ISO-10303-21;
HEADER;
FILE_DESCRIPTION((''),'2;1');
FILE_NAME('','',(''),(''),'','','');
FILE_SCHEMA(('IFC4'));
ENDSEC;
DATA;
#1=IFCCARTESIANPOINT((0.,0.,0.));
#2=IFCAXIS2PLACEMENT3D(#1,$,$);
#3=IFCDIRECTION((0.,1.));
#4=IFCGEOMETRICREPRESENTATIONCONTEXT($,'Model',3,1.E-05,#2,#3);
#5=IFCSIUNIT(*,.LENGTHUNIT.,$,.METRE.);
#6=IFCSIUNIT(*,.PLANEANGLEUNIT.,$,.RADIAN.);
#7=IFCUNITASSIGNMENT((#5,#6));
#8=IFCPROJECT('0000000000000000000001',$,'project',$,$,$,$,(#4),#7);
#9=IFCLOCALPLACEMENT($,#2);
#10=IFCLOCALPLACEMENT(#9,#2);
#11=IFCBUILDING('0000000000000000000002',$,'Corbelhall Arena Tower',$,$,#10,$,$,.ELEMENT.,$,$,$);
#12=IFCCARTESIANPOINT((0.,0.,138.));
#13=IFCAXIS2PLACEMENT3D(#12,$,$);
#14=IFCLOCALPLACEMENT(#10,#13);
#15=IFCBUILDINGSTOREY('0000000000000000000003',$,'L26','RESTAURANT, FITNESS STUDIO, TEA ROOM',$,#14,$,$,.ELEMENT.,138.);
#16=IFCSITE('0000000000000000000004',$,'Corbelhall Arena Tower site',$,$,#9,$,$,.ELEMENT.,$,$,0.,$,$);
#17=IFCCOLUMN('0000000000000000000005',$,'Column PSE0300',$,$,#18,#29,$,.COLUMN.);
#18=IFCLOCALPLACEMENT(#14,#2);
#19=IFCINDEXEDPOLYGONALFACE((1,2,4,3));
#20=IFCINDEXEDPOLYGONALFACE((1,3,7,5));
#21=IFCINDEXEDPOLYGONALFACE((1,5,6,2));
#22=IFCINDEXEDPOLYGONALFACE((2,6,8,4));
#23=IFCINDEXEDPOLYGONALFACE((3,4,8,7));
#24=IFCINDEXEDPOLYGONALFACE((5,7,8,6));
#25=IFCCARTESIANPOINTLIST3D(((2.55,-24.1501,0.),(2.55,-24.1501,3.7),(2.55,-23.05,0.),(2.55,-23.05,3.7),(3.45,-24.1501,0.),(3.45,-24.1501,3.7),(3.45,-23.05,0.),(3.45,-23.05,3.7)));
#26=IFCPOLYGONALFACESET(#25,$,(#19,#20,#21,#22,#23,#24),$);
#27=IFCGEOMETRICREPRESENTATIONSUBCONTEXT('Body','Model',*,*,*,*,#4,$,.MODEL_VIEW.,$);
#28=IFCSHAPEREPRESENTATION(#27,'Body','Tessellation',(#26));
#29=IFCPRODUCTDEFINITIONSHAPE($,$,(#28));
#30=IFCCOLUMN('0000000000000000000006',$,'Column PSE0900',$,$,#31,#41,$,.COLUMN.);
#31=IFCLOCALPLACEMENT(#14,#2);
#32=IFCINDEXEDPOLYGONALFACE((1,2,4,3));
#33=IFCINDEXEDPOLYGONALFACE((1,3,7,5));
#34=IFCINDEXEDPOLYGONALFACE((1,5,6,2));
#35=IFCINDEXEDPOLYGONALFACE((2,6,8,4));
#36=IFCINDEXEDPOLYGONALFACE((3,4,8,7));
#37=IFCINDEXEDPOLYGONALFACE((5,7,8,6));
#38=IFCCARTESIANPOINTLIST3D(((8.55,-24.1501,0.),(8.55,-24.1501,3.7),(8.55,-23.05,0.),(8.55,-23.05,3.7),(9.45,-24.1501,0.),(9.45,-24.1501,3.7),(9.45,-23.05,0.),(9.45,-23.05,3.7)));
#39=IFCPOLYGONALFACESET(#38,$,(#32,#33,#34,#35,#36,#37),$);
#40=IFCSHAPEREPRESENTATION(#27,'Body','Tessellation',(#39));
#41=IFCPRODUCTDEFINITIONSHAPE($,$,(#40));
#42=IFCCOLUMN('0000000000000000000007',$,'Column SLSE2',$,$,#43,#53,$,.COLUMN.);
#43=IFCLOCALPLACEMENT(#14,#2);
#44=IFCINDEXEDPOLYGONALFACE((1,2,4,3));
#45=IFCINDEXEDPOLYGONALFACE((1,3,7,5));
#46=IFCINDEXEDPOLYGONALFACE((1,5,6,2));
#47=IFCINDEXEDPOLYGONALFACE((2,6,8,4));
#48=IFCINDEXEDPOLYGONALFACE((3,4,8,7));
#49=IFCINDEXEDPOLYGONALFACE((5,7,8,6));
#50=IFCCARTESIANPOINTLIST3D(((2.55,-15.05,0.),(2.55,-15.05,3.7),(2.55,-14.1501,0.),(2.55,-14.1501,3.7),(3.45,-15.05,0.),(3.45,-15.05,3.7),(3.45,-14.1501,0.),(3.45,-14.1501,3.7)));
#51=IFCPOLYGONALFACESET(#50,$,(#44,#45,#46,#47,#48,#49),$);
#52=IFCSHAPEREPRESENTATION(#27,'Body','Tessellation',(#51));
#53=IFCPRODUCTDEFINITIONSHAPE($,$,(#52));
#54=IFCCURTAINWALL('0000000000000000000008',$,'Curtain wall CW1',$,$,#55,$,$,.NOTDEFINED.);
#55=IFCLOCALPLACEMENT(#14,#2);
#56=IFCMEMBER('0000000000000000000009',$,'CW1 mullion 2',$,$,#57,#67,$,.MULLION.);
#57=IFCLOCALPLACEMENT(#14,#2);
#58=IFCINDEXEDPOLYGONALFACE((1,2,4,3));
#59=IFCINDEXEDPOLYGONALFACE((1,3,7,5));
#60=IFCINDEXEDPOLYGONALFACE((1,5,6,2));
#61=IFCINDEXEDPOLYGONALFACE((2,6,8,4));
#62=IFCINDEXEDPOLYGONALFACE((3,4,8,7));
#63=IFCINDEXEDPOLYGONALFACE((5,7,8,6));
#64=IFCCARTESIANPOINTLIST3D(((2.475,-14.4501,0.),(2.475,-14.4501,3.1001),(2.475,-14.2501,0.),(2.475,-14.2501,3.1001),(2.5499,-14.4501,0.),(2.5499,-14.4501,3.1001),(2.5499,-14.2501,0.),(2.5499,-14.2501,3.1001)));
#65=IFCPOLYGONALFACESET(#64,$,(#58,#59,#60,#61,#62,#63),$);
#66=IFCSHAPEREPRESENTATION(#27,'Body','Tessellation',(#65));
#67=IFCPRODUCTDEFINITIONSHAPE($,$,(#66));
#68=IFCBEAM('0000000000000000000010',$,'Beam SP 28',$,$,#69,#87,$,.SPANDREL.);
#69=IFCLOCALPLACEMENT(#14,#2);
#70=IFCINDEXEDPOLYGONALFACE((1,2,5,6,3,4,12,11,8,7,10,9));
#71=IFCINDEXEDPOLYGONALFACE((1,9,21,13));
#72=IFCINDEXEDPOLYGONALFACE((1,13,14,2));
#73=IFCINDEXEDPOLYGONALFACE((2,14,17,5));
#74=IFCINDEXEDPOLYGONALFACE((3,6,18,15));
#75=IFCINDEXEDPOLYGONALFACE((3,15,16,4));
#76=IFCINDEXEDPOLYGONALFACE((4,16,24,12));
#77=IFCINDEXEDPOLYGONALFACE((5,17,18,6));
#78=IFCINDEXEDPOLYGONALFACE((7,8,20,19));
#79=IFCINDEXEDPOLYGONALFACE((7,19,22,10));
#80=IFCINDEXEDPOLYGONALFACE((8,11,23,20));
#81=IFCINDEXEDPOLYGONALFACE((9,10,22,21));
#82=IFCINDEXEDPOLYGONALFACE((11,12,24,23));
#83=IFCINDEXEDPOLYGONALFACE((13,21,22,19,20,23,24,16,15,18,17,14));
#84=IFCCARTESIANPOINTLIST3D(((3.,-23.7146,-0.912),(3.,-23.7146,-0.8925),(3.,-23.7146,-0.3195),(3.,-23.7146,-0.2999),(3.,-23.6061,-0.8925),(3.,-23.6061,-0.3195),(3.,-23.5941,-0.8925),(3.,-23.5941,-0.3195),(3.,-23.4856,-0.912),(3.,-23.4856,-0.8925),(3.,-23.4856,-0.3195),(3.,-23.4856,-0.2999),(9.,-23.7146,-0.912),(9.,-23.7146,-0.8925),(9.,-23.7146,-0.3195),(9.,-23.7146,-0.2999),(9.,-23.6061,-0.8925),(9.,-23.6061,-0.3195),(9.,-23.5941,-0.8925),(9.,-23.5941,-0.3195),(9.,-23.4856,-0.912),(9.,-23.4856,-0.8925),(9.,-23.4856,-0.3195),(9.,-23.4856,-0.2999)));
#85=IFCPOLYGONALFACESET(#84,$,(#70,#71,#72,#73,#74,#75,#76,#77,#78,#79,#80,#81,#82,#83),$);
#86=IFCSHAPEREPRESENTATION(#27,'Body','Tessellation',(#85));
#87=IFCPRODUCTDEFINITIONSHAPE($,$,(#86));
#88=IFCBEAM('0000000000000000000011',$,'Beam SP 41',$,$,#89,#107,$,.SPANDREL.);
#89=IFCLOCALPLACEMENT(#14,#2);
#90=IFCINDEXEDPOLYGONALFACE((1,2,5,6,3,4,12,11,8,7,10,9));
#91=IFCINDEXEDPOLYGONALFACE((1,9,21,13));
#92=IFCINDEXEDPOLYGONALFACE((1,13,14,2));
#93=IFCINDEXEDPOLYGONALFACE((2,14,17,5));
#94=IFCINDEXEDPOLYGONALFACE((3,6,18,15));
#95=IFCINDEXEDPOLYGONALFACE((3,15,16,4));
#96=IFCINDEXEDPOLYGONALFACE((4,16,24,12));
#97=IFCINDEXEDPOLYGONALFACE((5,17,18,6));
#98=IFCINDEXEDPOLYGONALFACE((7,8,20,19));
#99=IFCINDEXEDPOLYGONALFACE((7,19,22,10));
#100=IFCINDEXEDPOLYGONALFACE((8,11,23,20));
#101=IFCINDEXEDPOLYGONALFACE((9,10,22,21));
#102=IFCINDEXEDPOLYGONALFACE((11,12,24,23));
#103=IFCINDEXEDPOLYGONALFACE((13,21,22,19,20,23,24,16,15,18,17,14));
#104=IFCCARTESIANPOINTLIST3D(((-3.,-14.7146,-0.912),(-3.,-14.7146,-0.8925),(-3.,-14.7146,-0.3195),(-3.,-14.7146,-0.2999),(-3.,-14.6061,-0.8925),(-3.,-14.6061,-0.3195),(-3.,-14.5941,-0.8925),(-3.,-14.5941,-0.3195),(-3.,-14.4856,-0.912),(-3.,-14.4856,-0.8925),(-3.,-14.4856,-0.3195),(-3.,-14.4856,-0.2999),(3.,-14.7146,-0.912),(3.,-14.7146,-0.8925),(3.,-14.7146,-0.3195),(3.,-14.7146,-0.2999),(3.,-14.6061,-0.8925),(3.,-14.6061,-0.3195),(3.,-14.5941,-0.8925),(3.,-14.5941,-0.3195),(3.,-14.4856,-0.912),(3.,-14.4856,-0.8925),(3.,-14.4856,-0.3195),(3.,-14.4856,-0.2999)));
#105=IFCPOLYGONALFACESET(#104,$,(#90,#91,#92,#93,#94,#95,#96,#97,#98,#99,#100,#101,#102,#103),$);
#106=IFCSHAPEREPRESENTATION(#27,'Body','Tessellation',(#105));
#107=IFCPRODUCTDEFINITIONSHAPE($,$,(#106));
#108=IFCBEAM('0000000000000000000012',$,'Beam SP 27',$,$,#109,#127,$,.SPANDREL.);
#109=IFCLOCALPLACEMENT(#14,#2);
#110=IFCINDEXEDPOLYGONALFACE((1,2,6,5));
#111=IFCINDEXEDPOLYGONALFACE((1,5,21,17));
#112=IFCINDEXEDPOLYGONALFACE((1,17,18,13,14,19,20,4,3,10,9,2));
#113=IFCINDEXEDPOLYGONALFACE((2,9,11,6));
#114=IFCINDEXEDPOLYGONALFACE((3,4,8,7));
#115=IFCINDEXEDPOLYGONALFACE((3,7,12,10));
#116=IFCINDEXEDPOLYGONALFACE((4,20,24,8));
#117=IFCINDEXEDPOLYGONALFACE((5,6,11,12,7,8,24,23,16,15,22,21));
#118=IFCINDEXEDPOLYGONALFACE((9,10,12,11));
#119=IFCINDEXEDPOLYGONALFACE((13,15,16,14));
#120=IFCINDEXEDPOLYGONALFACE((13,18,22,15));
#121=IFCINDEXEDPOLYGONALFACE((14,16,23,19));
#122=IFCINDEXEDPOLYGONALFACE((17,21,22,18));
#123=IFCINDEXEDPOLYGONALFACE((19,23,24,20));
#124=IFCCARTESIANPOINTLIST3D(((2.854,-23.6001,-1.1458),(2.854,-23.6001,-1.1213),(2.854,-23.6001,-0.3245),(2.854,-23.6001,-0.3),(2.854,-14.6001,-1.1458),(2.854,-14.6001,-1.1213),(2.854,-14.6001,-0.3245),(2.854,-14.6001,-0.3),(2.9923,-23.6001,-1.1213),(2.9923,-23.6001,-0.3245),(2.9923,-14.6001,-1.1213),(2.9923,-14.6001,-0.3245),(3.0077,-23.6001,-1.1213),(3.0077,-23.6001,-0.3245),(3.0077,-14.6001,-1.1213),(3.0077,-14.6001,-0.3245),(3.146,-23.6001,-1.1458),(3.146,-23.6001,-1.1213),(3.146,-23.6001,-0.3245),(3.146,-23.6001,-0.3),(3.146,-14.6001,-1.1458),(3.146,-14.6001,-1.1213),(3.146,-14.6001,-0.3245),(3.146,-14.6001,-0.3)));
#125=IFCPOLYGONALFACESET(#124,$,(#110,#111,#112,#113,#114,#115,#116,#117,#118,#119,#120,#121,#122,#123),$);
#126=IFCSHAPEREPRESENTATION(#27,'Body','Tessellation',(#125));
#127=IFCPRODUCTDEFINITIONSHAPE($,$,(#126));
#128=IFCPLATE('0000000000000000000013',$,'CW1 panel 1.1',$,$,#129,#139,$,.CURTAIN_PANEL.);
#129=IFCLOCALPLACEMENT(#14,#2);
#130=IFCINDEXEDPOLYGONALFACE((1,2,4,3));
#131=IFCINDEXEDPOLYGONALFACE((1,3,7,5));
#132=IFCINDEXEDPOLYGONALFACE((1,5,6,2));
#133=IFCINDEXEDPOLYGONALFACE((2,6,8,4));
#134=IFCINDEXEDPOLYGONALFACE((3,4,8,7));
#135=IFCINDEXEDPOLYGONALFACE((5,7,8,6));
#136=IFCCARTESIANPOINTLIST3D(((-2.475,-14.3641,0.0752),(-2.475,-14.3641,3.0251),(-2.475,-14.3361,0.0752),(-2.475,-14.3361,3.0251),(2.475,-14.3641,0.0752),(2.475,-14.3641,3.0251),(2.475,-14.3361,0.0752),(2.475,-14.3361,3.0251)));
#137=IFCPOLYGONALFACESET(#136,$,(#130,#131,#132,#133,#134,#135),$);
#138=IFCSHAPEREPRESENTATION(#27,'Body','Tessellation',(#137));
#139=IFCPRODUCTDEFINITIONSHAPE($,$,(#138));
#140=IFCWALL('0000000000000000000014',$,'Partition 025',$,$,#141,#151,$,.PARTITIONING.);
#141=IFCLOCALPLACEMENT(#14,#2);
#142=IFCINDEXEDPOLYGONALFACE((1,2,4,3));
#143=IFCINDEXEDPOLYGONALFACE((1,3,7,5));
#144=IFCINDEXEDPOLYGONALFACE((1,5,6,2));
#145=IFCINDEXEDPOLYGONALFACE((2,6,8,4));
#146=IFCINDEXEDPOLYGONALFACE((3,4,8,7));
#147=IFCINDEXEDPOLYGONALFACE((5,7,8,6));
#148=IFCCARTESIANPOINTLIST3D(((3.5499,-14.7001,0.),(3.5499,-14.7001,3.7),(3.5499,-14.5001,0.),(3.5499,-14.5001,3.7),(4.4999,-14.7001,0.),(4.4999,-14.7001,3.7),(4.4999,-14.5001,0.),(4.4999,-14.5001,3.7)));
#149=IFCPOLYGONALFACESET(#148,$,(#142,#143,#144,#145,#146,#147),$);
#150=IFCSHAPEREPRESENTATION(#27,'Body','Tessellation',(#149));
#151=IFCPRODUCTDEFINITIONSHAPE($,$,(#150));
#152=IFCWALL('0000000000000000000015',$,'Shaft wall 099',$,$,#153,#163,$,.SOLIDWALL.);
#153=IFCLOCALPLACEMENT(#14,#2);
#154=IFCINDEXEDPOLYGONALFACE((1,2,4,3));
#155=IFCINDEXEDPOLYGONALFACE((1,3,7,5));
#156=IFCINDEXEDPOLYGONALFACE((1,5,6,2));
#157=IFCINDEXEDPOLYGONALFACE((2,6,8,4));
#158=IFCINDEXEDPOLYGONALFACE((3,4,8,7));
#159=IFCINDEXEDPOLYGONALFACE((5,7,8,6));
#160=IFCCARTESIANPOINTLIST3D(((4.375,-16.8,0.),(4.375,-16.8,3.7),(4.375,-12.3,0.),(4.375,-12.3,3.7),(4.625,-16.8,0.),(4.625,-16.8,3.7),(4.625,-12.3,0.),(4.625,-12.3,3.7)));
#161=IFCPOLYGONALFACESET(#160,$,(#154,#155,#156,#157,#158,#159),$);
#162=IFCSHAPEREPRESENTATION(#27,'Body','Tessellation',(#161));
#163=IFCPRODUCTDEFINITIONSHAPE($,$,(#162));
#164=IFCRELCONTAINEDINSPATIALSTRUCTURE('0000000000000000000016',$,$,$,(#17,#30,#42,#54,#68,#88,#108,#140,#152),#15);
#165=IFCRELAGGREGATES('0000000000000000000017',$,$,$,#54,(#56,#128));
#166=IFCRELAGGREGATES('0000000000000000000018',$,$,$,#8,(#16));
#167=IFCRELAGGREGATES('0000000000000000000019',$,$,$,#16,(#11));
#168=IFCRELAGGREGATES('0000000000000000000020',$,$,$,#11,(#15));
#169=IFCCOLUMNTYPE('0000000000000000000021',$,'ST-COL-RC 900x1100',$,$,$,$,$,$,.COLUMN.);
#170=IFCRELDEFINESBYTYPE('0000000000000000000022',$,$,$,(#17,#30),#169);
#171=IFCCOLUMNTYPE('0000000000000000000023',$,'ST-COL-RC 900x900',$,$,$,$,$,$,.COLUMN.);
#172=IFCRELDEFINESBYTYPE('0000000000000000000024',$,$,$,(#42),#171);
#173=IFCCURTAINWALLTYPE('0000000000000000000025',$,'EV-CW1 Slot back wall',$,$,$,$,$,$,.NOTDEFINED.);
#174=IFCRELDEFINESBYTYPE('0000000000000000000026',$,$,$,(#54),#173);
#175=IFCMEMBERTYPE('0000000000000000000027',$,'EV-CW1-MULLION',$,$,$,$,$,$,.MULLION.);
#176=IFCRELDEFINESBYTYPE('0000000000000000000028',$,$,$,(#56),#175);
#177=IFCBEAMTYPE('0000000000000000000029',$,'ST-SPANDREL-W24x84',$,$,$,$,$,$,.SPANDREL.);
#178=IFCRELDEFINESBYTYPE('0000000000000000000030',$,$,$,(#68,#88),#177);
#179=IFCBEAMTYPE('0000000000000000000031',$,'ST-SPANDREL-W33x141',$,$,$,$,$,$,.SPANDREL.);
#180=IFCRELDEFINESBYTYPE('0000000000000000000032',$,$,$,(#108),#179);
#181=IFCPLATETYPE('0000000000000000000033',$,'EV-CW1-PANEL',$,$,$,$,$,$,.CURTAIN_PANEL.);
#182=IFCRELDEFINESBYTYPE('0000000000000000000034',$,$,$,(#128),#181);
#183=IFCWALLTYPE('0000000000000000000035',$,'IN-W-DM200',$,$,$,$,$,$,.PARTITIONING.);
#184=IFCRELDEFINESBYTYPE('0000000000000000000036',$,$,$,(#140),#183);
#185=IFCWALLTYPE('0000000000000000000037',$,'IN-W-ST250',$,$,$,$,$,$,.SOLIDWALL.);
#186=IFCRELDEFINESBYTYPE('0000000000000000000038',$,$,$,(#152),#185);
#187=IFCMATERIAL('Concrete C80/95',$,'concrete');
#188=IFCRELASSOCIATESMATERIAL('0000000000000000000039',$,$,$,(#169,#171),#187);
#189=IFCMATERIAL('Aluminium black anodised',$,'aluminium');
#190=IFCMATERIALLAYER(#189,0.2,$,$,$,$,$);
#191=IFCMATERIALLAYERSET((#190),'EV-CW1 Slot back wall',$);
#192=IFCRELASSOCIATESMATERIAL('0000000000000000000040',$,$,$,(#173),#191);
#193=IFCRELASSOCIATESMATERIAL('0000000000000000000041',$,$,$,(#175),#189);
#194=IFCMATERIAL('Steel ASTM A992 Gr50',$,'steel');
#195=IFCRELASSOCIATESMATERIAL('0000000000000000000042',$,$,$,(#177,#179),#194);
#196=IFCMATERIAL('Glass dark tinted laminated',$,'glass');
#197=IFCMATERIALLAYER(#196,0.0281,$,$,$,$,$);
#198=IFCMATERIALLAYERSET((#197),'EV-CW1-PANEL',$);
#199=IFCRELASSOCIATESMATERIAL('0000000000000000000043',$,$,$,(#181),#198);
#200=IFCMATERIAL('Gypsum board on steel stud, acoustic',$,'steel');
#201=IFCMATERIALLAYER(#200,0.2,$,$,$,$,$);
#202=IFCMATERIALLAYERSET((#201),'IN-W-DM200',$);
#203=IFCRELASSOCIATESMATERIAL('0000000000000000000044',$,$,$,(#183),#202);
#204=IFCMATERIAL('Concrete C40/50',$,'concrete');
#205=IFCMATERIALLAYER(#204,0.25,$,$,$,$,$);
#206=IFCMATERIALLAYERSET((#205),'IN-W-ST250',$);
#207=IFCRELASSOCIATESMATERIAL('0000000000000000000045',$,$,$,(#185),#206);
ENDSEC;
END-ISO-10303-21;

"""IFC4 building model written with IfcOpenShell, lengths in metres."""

from ifc_helpers import new_model, si_unit, direction, frame, frame_2d, origin, origin_2d, place, context, subcontext, project, spatial, rectangle, i_section, extrude, material, layer, layer_set, material_profile, profile_set, type_object, element, aggregate, save


model = new_model("IFC4")

# Units and contexts
model_context = context("Model", 3, precision=1e-05, world=origin(), true_north=direction((0.0, 1.0)))
body_context = subcontext(model_context, "Body", "Model", "MODEL_VIEW")
ifc_project = project(units=[si_unit("LENGTHUNIT", "METRE"), si_unit("PLANEANGLEUNIT", "RADIAN")], contexts=[model_context])

# Site, building, storey
site_placement = place(None, origin())
site = spatial("IfcSite", under=ifc_project, at=site_placement, Name="Corbelhall Arena Tower site", CompositionType="ELEMENT", RefElevation=0.0)
building_placement = place(site_placement, origin())
building = spatial("IfcBuilding", under=site, at=building_placement, Name="Corbelhall Arena Tower", CompositionType="ELEMENT")
storey_placement = place(building_placement, frame((0.0, 0.0, 138.0)))
storey = spatial("IfcBuildingStorey", under=building, at=storey_placement, Name="L26", Description="RESTAURANT, FITNESS STUDIO, TEA ROOM", CompositionType="ELEMENT", Elevation=138.0)

# Columns
ifc_material_1 = material(Name="Concrete C80/95", Category="concrete")
ifc_material_profile_1 = material_profile(ifc_material_1, rectangle(XDim=0.8999, YDim=1.1001, at=origin_2d()))
ifc_profile_set_1 = profile_set([ifc_material_profile_1], Name="Concrete C80/95")
column_type_1 = type_object("IfcColumnType", Name="ST-COL-RC 900x1100", PredefinedType="COLUMN", material=ifc_profile_set_1)
for number, where, z_axis, x_axis, name in (
    (1, (3.0, -23.6001, 0.0), (0.0, 0.0, 1.0), (1.0, 0.0, 0.0), "Column PSE0300"),
    (2, (9.0, -23.6001, 0.0), (0.0, 0.0, 1.0), (1.0, 0.0, 0.0), "Column PSE0900"),
):
    element("IfcColumn", number, at=place(storey_placement, frame(where, z_axis=z_axis, x_axis=x_axis)), inside=storey, type_object=column_type_1, Name=name, PredefinedType="COLUMN", context=body_context, shape_type="SweptSolid", body=[
        extrude(rectangle(XDim=0.8999, YDim=1.1001, at=origin_2d()), origin(), (0.0, 0.0, 1.0), 3.7),
    ])
ifc_material_profile_2 = material_profile(ifc_material_1, rectangle(XDim=0.8999, YDim=0.8999, at=origin_2d()))
ifc_profile_set_2 = profile_set([ifc_material_profile_2], Name="Concrete C80/95")
column_type_2 = type_object("IfcColumnType", Name="ST-COL-RC 900x900", PredefinedType="COLUMN", material=ifc_profile_set_2)
column_placement = place(storey_placement, frame((3.0, -14.6001, 0.0), z_axis=(0.0, 0.0, 1.0), x_axis=(1.0, 0.0, 0.0)))
element("IfcColumn", 3, at=column_placement, inside=storey, type_object=column_type_2, Name="Column SLSE2", PredefinedType="COLUMN", context=body_context, shape_type="SweptSolid", body=[
    extrude(rectangle(XDim=0.8999, YDim=0.8999, at=origin_2d()), origin(), (0.0, 0.0, 1.0), 3.7),
])

# Curtain wall, member
ifc_material_2 = material(Name="Aluminium black anodised", Category="aluminium")
ifc_layer_1 = layer(ifc_material_2, 0.2)
ifc_layer_set_1 = layer_set([ifc_layer_1], Name="EV-CW1 Slot back wall")
curtain_wall_type = type_object("IfcCurtainWallType", Name="EV-CW1 Slot back wall", PredefinedType="NOTDEFINED", material=ifc_layer_set_1)
curtain_wall_placement = place(storey_placement, origin())
curtain_wall = element("IfcCurtainWall", 4, at=curtain_wall_placement, inside=storey, type_object=curtain_wall_type, Name="Curtain wall CW1", PredefinedType="NOTDEFINED")
ifc_material_profile_3 = material_profile(ifc_material_2, rectangle(XDim=0.2, YDim=0.075, at=origin_2d()))
ifc_profile_set_3 = profile_set([ifc_material_profile_3], Name="Aluminium black anodised")
member_type = type_object("IfcMemberType", Name="EV-CW1-MULLION", PredefinedType="MULLION", material=ifc_profile_set_3)
member_placement = place(storey_placement, frame((2.5125, -14.3501, 0.0), z_axis=(0.0, 0.0, 1.0), x_axis=(0.0, 1.0, 0.0)))
member = element("IfcMember", 5, at=member_placement, type_object=member_type, Name="CW1 mullion 2", PredefinedType="MULLION", context=body_context, shape_type="SweptSolid", body=[
    extrude(rectangle(XDim=0.2, YDim=0.075, at=origin_2d()), origin(), (0.0, 0.0, 1.0), 3.1001),
])

# Beams
ifc_material_3 = material(Name="Steel ASTM A992 Gr50", Category="steel")
ifc_material_profile_4 = material_profile(ifc_material_3, i_section(OverallWidth=0.229, OverallDepth=0.6121, WebThickness=0.012, FlangeThickness=0.0195, at=origin_2d()))
ifc_profile_set_4 = profile_set([ifc_material_profile_4], Name="Steel ASTM A992 Gr50")
beam_type_1 = type_object("IfcBeamType", Name="ST-SPANDREL-W24x84", PredefinedType="SPANDREL", material=ifc_profile_set_4)
for number, where, z_axis, x_axis, name in (
    (6, (9.0, -23.6001, -0.606), (-1.0, 0.0, 0.0), (0.0, -1.0, 0.0), "Beam SP 28"),
    (7, (3.0, -14.6001, -0.606), (-1.0, 0.0, 0.0), (0.0, -1.0, 0.0), "Beam SP 41"),
):
    element("IfcBeam", number, at=place(storey_placement, frame(where, z_axis=z_axis, x_axis=x_axis)), inside=storey, type_object=beam_type_1, Name=name, PredefinedType="SPANDREL", context=body_context, shape_type="SweptSolid", body=[
        extrude(i_section(OverallWidth=0.229, OverallDepth=0.6121, WebThickness=0.012, FlangeThickness=0.0195, at=origin_2d()), origin(), (0.0, 0.0, 1.0), 6.0),
    ])
ifc_material_profile_5 = material_profile(ifc_material_3, i_section(OverallWidth=0.292, OverallDepth=0.8457, WebThickness=0.0154, FlangeThickness=0.0244, at=origin_2d()))
ifc_profile_set_5 = profile_set([ifc_material_profile_5], Name="Steel ASTM A992 Gr50")
beam_type_2 = type_object("IfcBeamType", Name="ST-SPANDREL-W33x141", PredefinedType="SPANDREL", material=ifc_profile_set_5)
beam_placement = place(storey_placement, frame((3.0, -23.6001, -0.7229), z_axis=(0.0, 1.0, 0.0), x_axis=(-1.0, 0.0, 0.0)))
element("IfcBeam", 8, at=beam_placement, inside=storey, type_object=beam_type_2, Name="Beam SP 27", PredefinedType="SPANDREL", context=body_context, shape_type="SweptSolid", body=[
    extrude(i_section(OverallWidth=0.292, OverallDepth=0.8457, WebThickness=0.0154, FlangeThickness=0.0244, at=origin_2d()), origin(), (0.0, 0.0, 1.0), 9.0),
])

# Plate
ifc_material_4 = material(Name="Glass dark tinted laminated", Category="glass")
ifc_layer_2 = layer(ifc_material_4, 0.0281)
ifc_layer_set_2 = layer_set([ifc_layer_2], Name="EV-CW1-PANEL")
plate_type = type_object("IfcPlateType", Name="EV-CW1-PANEL", PredefinedType="CURTAIN_PANEL", material=ifc_layer_set_2)
plate_placement = place(storey_placement, frame((0.0, -14.3501, 0.0752), z_axis=(0.0, 0.0, 1.0), x_axis=(1.0, 0.0, 0.0)))
plate = element("IfcPlate", 9, at=plate_placement, type_object=plate_type, Name="CW1 panel 1.1", PredefinedType="CURTAIN_PANEL", context=body_context, shape_type="SweptSolid", body=[
    extrude(rectangle(XDim=4.95, YDim=0.0281, at=origin_2d()), origin(), (0.0, 0.0, 1.0), 2.95),
])
aggregate(curtain_wall, [member, plate])

# Walls
ifc_material_5 = material(Name="Gypsum board on steel stud, acoustic", Category="steel")
ifc_layer_3 = layer(ifc_material_5, 0.2)
ifc_layer_set_3 = layer_set([ifc_layer_3], Name="IN-W-DM200")
wall_type_1 = type_object("IfcWallType", Name="IN-W-DM200", PredefinedType="PARTITIONING", material=ifc_layer_set_3)
wall_1_placement = place(storey_placement, frame((4.5, -14.6001, 0.0), z_axis=(0.0, 0.0, 1.0), x_axis=(-1.0, 0.0, 0.0)))
element("IfcWall", 10, at=wall_1_placement, inside=storey, type_object=wall_type_1, Name="Partition 025", PredefinedType="PARTITIONING", context=body_context, shape_type="SweptSolid", body=[
    extrude(rectangle(XDim=0.95, YDim=0.2, at=frame_2d((0.4751, 0.0))), origin(), (0.0, 0.0, 1.0), 3.7),
])
ifc_material_6 = material(Name="Concrete C40/50", Category="concrete")
ifc_layer_4 = layer(ifc_material_6, 0.25)
ifc_layer_set_4 = layer_set([ifc_layer_4], Name="IN-W-ST250")
wall_type_2 = type_object("IfcWallType", Name="IN-W-ST250", PredefinedType="SOLIDWALL", material=ifc_layer_set_4)
wall_2_placement = place(storey_placement, frame((4.5, -16.8, 0.0), z_axis=(0.0, 0.0, 1.0), x_axis=(0.0, 1.0, 0.0)))
element("IfcWall", 11, at=wall_2_placement, inside=storey, type_object=wall_type_2, Name="Shaft wall 099", PredefinedType="SOLIDWALL", context=body_context, shape_type="SweptSolid", body=[
    extrude(rectangle(XDim=4.5, YDim=0.25, at=frame_2d((2.25, 0.0))), origin(), (0.0, 0.0, 1.0), 3.7),
])

save(model, "model.ifc")
